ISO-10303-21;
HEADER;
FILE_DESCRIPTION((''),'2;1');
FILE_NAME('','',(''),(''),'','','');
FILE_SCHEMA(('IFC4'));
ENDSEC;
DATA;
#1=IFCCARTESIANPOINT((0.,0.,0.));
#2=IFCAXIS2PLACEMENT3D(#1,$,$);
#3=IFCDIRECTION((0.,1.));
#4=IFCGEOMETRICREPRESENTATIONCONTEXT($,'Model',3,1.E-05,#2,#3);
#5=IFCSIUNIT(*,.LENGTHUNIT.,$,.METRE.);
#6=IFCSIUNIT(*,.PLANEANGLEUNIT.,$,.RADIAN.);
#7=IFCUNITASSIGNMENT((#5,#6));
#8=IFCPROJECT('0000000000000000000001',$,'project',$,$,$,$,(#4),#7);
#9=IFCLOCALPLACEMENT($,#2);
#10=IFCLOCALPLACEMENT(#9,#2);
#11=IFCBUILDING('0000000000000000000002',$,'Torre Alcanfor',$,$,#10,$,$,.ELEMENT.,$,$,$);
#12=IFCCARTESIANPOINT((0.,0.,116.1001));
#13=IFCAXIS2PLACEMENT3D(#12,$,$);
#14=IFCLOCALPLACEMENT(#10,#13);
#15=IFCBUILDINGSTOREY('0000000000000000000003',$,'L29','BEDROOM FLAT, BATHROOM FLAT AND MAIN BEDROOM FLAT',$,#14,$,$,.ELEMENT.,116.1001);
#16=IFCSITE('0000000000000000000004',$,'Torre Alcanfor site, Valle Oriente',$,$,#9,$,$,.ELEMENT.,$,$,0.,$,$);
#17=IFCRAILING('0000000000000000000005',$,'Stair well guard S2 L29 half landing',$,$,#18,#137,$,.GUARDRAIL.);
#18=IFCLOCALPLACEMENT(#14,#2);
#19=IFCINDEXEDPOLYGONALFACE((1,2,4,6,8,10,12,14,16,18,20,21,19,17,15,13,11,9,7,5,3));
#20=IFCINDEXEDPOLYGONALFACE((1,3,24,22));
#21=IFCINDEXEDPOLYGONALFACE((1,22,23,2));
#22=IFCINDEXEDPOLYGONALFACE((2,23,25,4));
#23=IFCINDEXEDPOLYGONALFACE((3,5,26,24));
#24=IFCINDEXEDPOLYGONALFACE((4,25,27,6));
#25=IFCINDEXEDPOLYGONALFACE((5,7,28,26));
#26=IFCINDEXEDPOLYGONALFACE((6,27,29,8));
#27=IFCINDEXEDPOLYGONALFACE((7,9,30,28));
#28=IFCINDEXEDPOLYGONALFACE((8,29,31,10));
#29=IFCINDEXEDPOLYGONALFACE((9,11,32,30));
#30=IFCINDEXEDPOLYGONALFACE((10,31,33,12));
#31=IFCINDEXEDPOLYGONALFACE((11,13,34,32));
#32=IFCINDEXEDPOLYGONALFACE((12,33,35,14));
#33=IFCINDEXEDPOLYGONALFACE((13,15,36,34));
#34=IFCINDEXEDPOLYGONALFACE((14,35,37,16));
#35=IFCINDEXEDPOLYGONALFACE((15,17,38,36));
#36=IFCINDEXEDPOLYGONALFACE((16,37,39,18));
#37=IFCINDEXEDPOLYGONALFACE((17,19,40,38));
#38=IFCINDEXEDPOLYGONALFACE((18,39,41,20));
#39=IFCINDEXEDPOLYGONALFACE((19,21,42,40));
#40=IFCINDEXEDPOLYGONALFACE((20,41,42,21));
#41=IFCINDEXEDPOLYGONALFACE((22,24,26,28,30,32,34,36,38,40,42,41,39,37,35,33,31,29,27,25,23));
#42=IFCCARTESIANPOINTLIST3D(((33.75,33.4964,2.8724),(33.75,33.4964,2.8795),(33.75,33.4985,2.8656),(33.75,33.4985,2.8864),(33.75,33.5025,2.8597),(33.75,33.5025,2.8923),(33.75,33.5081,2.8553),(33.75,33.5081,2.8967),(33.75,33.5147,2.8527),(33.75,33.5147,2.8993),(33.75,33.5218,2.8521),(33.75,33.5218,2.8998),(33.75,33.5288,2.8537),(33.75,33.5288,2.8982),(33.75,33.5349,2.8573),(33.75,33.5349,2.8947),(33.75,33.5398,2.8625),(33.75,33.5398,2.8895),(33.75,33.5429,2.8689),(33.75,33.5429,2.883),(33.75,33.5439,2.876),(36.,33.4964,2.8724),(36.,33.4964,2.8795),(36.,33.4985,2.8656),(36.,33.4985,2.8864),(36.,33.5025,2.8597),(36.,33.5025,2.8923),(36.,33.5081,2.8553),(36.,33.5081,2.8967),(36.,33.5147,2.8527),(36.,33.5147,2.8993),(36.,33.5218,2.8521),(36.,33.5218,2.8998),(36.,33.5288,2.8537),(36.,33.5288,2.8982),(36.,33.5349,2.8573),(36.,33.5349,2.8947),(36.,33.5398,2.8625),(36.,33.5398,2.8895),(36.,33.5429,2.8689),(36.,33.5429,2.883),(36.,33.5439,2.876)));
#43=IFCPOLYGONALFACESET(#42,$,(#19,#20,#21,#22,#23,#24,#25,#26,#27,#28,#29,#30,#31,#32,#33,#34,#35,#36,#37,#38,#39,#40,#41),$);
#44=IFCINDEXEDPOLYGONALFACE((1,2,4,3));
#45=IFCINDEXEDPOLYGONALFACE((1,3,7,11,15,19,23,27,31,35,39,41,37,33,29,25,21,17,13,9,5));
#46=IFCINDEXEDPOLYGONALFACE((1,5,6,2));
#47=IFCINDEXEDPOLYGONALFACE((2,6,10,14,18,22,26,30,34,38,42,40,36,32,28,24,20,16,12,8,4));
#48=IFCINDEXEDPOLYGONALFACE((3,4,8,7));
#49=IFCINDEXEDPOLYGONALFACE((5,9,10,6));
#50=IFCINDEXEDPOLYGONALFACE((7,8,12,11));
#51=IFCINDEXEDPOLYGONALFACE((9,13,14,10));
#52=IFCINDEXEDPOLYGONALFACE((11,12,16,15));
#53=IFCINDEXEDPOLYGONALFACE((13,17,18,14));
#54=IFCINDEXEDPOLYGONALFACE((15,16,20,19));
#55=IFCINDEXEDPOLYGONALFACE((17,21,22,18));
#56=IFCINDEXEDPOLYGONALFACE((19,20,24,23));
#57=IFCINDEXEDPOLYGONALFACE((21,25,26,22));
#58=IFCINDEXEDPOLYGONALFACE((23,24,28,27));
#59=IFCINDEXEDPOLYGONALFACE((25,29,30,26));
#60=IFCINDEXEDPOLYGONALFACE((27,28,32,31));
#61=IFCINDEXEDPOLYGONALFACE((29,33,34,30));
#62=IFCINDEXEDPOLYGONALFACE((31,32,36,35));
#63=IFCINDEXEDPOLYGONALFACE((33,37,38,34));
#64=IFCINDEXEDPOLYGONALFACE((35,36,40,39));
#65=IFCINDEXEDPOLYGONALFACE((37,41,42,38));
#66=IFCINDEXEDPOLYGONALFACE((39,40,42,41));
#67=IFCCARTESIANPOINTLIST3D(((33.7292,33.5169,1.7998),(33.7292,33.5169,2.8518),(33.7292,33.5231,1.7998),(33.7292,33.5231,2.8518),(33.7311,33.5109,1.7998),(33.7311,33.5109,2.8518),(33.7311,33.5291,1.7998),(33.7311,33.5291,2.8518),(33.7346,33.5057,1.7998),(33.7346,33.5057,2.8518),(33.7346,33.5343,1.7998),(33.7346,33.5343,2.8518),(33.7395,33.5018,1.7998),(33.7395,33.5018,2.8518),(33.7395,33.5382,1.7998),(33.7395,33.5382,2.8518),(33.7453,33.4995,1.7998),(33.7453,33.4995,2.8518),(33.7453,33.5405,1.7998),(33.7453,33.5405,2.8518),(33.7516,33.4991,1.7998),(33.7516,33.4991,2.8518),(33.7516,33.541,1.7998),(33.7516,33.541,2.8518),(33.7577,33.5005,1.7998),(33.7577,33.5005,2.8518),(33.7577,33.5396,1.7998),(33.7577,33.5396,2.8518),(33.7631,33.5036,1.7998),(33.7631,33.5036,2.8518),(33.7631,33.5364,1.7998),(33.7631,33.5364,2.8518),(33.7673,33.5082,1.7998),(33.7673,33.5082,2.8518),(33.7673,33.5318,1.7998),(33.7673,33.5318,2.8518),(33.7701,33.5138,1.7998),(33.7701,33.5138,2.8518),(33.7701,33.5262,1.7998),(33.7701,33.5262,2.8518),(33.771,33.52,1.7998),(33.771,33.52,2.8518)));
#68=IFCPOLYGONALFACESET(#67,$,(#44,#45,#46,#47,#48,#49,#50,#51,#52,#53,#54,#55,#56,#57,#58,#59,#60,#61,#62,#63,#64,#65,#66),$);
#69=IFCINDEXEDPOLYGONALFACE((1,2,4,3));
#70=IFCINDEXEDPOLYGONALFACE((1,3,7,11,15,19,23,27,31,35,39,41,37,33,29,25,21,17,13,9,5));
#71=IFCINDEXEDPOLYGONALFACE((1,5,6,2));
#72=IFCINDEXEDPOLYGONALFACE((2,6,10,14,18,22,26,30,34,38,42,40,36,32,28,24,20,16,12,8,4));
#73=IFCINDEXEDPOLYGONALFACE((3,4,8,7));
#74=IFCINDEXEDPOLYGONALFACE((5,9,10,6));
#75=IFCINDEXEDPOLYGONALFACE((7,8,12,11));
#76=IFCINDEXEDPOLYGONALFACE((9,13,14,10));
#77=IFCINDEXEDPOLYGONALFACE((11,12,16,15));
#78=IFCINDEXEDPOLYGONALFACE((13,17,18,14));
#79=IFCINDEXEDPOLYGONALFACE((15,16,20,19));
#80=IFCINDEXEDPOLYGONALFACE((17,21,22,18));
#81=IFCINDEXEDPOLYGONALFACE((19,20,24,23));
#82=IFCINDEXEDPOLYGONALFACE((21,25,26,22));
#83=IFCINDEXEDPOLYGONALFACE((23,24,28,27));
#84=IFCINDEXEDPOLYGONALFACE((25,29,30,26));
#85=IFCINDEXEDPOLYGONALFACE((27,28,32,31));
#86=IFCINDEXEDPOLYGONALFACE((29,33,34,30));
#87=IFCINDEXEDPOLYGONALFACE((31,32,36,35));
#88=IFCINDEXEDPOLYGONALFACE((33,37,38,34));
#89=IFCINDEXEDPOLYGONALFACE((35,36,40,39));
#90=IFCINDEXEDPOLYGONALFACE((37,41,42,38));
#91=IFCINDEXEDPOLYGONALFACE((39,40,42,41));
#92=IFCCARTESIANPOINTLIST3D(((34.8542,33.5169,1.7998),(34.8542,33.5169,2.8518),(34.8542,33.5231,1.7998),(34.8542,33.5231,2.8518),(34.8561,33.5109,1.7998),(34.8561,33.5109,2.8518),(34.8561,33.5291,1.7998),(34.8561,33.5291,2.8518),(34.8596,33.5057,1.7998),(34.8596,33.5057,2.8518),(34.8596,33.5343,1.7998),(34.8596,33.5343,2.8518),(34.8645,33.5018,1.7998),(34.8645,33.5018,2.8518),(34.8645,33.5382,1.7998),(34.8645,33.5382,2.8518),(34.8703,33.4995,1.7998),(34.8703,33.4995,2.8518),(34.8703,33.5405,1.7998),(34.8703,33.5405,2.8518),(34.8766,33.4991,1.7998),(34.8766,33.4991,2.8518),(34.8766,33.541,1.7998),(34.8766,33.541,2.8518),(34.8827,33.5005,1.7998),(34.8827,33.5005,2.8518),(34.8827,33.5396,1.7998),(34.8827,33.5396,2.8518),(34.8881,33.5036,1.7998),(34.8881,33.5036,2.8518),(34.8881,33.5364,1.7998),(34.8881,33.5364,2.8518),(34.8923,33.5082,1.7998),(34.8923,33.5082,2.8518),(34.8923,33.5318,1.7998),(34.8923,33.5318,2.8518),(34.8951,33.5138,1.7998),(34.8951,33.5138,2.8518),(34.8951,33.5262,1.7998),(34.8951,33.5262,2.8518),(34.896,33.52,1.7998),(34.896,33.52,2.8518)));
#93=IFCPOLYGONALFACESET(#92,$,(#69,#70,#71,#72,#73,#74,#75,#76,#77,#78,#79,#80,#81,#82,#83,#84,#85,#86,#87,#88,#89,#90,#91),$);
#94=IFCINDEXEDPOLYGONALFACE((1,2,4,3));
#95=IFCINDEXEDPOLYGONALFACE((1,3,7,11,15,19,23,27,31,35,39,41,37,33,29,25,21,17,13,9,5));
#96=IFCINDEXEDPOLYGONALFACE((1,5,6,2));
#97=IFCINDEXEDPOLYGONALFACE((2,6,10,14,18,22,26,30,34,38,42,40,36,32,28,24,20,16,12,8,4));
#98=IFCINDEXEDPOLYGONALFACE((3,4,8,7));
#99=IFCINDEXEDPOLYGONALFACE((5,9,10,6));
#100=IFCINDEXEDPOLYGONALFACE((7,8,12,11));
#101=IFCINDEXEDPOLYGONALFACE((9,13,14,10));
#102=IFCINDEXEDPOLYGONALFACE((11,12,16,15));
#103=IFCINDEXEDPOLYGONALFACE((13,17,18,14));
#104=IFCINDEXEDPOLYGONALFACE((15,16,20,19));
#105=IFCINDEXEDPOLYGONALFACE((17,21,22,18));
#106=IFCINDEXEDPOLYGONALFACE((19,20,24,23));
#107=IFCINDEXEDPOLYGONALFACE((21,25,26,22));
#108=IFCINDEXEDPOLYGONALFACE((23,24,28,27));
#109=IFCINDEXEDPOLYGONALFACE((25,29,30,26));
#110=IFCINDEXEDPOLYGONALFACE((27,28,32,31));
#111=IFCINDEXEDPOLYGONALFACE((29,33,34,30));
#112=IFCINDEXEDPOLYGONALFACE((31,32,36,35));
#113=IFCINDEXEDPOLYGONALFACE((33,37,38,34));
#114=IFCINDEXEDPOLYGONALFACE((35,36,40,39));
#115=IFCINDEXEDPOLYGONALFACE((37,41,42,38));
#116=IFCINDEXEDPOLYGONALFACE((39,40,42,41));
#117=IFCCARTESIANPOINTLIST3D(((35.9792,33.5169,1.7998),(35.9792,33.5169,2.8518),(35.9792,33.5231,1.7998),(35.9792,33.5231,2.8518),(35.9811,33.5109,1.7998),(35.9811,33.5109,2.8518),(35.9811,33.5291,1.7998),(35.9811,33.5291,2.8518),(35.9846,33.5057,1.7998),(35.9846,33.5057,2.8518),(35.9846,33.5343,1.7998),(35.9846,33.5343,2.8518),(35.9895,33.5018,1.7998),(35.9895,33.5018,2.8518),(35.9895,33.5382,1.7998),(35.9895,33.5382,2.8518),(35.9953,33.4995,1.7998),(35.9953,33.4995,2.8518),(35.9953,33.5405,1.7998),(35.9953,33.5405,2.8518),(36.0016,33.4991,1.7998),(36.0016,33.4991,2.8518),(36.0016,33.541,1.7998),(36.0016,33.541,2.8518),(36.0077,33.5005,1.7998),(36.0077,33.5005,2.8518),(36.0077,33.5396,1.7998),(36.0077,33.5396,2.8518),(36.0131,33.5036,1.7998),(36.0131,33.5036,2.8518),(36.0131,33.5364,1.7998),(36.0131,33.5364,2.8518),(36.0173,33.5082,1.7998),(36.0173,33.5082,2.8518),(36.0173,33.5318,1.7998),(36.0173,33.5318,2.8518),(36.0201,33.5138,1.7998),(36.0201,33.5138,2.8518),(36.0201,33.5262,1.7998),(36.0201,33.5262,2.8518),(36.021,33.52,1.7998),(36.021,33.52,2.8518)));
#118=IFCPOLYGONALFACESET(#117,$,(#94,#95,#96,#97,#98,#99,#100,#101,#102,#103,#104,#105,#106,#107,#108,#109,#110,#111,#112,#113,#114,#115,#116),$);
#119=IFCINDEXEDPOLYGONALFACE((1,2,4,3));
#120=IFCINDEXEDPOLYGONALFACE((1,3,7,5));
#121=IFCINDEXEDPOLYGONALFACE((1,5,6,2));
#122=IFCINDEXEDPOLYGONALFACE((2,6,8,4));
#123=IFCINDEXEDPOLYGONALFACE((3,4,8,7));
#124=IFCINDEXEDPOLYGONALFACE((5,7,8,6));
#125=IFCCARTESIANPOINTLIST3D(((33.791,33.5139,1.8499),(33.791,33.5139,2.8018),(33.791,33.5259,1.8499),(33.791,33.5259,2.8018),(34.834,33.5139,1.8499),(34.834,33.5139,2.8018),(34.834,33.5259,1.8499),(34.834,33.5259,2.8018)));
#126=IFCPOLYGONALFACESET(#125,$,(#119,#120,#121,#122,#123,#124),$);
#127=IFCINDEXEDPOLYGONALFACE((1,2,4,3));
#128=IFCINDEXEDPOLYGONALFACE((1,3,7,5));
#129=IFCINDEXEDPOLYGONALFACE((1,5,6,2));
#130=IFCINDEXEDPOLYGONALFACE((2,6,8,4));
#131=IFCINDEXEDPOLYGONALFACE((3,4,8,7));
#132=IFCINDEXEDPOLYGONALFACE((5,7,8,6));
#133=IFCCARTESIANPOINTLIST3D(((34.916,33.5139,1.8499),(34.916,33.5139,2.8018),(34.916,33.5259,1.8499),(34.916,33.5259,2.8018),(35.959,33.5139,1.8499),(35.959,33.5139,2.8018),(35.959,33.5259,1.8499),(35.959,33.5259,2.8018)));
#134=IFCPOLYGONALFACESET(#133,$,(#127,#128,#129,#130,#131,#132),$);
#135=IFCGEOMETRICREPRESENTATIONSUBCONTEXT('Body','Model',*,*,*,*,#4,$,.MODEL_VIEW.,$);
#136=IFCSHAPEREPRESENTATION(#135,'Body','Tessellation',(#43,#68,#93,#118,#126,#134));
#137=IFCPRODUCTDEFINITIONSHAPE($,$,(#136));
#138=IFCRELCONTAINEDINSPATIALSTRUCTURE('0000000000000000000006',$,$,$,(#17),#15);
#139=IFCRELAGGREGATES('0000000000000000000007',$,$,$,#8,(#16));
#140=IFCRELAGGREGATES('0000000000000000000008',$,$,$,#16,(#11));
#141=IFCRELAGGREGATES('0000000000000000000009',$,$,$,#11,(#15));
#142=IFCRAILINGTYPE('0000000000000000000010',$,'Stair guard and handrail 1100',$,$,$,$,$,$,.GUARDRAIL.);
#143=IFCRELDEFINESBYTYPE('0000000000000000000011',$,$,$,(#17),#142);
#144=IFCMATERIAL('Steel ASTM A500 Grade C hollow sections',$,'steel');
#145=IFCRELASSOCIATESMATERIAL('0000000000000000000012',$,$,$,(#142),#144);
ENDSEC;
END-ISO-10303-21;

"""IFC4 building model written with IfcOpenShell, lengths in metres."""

from ifc_helpers import new_model, si_unit, direction, frame, origin, origin_2d, place, context, subcontext, project, spatial, polyline, circle, outline, extrude, material, type_object, element, save


model = new_model("IFC4")

# Units and contexts
model_context = context("Model", 3, precision=1e-05, world=origin(), true_north=direction((0.0, 1.0)))
body_context = subcontext(model_context, "Body", "Model", "MODEL_VIEW")
ifc_project = project(units=[si_unit("LENGTHUNIT", "METRE"), si_unit("PLANEANGLEUNIT", "RADIAN")], contexts=[model_context])

# Site, building, storey
site_placement = place(None, origin())
site = spatial("IfcSite", under=ifc_project, at=site_placement, Name="Torre Alcanfor site, Valle Oriente", CompositionType="ELEMENT", RefElevation=0.0)
building_placement = place(site_placement, origin())
building = spatial("IfcBuilding", under=site, at=building_placement, Name="Torre Alcanfor", CompositionType="ELEMENT")
storey_placement = place(building_placement, frame((0.0, 0.0, 116.1001)))
storey = spatial("IfcBuildingStorey", under=building, at=storey_placement, Name="L29", Description="BEDROOM FLAT, BATHROOM FLAT AND MAIN BEDROOM FLAT", CompositionType="ELEMENT", Elevation=116.1001)

# Railing
ifc_material_1 = material(Name="Steel ASTM A500 Grade C hollow sections", Category="steel")
railing_type_1 = type_object("IfcRailingType", Name="Stair guard and handrail 1100", PredefinedType="GUARDRAIL", material=ifc_material_1)
for number, where, name in (
    (1, (33.75, 33.52, 1.7998), "Stair well guard S2 L29 half landing"),
):
    element("IfcRailing", number, at=place(storey_placement, frame(where)), inside=storey, type_object=railing_type_1, Name=name, PredefinedType="GUARDRAIL", context=body_context, shape_type="SweptSolid", body=[
        extrude(circle(Radius=0.0239, at=origin_2d()), frame((0.0, 0.0, 1.0762), z_axis=(1.0, 0.0, 0.0), x_axis=(0.0, 1.0, 0.0)), (0.0, 0.0, 1.0), 2.25),
        extrude(circle(Radius=0.021, at=origin_2d()), origin(), (0.0, 0.0, 1.0), 1.052),
        extrude(circle(Radius=0.021, at=origin_2d()), frame((1.125, 0.0, 0.0)), (0.0, 0.0, 1.0), 1.052),
        extrude(circle(Radius=0.021, at=origin_2d()), frame((2.25, 0.0, 0.0)), (0.0, 0.0, 1.0), 1.052),
        extrude(outline(polyline([(0.041, 0.05), (1.084, 0.05), (1.084, 1.002), (0.041, 1.002), (0.041, 0.05)])), frame((0.0, 0.0059, 0.0), z_axis=(0.0, -1.0, 0.0), x_axis=(1.0, 0.0, 0.0)), (0.0, 0.0, 1.0), 0.012),
        extrude(outline(polyline([(1.166, 0.05), (2.209, 0.05), (2.209, 1.002), (1.166, 1.002), (1.166, 0.05)])), frame((0.0, 0.0059, 0.0), z_axis=(0.0, -1.0, 0.0), x_axis=(1.0, 0.0, 0.0)), (0.0, 0.0, 1.0), 0.012),
    ])

save(model, "model.ifc")
